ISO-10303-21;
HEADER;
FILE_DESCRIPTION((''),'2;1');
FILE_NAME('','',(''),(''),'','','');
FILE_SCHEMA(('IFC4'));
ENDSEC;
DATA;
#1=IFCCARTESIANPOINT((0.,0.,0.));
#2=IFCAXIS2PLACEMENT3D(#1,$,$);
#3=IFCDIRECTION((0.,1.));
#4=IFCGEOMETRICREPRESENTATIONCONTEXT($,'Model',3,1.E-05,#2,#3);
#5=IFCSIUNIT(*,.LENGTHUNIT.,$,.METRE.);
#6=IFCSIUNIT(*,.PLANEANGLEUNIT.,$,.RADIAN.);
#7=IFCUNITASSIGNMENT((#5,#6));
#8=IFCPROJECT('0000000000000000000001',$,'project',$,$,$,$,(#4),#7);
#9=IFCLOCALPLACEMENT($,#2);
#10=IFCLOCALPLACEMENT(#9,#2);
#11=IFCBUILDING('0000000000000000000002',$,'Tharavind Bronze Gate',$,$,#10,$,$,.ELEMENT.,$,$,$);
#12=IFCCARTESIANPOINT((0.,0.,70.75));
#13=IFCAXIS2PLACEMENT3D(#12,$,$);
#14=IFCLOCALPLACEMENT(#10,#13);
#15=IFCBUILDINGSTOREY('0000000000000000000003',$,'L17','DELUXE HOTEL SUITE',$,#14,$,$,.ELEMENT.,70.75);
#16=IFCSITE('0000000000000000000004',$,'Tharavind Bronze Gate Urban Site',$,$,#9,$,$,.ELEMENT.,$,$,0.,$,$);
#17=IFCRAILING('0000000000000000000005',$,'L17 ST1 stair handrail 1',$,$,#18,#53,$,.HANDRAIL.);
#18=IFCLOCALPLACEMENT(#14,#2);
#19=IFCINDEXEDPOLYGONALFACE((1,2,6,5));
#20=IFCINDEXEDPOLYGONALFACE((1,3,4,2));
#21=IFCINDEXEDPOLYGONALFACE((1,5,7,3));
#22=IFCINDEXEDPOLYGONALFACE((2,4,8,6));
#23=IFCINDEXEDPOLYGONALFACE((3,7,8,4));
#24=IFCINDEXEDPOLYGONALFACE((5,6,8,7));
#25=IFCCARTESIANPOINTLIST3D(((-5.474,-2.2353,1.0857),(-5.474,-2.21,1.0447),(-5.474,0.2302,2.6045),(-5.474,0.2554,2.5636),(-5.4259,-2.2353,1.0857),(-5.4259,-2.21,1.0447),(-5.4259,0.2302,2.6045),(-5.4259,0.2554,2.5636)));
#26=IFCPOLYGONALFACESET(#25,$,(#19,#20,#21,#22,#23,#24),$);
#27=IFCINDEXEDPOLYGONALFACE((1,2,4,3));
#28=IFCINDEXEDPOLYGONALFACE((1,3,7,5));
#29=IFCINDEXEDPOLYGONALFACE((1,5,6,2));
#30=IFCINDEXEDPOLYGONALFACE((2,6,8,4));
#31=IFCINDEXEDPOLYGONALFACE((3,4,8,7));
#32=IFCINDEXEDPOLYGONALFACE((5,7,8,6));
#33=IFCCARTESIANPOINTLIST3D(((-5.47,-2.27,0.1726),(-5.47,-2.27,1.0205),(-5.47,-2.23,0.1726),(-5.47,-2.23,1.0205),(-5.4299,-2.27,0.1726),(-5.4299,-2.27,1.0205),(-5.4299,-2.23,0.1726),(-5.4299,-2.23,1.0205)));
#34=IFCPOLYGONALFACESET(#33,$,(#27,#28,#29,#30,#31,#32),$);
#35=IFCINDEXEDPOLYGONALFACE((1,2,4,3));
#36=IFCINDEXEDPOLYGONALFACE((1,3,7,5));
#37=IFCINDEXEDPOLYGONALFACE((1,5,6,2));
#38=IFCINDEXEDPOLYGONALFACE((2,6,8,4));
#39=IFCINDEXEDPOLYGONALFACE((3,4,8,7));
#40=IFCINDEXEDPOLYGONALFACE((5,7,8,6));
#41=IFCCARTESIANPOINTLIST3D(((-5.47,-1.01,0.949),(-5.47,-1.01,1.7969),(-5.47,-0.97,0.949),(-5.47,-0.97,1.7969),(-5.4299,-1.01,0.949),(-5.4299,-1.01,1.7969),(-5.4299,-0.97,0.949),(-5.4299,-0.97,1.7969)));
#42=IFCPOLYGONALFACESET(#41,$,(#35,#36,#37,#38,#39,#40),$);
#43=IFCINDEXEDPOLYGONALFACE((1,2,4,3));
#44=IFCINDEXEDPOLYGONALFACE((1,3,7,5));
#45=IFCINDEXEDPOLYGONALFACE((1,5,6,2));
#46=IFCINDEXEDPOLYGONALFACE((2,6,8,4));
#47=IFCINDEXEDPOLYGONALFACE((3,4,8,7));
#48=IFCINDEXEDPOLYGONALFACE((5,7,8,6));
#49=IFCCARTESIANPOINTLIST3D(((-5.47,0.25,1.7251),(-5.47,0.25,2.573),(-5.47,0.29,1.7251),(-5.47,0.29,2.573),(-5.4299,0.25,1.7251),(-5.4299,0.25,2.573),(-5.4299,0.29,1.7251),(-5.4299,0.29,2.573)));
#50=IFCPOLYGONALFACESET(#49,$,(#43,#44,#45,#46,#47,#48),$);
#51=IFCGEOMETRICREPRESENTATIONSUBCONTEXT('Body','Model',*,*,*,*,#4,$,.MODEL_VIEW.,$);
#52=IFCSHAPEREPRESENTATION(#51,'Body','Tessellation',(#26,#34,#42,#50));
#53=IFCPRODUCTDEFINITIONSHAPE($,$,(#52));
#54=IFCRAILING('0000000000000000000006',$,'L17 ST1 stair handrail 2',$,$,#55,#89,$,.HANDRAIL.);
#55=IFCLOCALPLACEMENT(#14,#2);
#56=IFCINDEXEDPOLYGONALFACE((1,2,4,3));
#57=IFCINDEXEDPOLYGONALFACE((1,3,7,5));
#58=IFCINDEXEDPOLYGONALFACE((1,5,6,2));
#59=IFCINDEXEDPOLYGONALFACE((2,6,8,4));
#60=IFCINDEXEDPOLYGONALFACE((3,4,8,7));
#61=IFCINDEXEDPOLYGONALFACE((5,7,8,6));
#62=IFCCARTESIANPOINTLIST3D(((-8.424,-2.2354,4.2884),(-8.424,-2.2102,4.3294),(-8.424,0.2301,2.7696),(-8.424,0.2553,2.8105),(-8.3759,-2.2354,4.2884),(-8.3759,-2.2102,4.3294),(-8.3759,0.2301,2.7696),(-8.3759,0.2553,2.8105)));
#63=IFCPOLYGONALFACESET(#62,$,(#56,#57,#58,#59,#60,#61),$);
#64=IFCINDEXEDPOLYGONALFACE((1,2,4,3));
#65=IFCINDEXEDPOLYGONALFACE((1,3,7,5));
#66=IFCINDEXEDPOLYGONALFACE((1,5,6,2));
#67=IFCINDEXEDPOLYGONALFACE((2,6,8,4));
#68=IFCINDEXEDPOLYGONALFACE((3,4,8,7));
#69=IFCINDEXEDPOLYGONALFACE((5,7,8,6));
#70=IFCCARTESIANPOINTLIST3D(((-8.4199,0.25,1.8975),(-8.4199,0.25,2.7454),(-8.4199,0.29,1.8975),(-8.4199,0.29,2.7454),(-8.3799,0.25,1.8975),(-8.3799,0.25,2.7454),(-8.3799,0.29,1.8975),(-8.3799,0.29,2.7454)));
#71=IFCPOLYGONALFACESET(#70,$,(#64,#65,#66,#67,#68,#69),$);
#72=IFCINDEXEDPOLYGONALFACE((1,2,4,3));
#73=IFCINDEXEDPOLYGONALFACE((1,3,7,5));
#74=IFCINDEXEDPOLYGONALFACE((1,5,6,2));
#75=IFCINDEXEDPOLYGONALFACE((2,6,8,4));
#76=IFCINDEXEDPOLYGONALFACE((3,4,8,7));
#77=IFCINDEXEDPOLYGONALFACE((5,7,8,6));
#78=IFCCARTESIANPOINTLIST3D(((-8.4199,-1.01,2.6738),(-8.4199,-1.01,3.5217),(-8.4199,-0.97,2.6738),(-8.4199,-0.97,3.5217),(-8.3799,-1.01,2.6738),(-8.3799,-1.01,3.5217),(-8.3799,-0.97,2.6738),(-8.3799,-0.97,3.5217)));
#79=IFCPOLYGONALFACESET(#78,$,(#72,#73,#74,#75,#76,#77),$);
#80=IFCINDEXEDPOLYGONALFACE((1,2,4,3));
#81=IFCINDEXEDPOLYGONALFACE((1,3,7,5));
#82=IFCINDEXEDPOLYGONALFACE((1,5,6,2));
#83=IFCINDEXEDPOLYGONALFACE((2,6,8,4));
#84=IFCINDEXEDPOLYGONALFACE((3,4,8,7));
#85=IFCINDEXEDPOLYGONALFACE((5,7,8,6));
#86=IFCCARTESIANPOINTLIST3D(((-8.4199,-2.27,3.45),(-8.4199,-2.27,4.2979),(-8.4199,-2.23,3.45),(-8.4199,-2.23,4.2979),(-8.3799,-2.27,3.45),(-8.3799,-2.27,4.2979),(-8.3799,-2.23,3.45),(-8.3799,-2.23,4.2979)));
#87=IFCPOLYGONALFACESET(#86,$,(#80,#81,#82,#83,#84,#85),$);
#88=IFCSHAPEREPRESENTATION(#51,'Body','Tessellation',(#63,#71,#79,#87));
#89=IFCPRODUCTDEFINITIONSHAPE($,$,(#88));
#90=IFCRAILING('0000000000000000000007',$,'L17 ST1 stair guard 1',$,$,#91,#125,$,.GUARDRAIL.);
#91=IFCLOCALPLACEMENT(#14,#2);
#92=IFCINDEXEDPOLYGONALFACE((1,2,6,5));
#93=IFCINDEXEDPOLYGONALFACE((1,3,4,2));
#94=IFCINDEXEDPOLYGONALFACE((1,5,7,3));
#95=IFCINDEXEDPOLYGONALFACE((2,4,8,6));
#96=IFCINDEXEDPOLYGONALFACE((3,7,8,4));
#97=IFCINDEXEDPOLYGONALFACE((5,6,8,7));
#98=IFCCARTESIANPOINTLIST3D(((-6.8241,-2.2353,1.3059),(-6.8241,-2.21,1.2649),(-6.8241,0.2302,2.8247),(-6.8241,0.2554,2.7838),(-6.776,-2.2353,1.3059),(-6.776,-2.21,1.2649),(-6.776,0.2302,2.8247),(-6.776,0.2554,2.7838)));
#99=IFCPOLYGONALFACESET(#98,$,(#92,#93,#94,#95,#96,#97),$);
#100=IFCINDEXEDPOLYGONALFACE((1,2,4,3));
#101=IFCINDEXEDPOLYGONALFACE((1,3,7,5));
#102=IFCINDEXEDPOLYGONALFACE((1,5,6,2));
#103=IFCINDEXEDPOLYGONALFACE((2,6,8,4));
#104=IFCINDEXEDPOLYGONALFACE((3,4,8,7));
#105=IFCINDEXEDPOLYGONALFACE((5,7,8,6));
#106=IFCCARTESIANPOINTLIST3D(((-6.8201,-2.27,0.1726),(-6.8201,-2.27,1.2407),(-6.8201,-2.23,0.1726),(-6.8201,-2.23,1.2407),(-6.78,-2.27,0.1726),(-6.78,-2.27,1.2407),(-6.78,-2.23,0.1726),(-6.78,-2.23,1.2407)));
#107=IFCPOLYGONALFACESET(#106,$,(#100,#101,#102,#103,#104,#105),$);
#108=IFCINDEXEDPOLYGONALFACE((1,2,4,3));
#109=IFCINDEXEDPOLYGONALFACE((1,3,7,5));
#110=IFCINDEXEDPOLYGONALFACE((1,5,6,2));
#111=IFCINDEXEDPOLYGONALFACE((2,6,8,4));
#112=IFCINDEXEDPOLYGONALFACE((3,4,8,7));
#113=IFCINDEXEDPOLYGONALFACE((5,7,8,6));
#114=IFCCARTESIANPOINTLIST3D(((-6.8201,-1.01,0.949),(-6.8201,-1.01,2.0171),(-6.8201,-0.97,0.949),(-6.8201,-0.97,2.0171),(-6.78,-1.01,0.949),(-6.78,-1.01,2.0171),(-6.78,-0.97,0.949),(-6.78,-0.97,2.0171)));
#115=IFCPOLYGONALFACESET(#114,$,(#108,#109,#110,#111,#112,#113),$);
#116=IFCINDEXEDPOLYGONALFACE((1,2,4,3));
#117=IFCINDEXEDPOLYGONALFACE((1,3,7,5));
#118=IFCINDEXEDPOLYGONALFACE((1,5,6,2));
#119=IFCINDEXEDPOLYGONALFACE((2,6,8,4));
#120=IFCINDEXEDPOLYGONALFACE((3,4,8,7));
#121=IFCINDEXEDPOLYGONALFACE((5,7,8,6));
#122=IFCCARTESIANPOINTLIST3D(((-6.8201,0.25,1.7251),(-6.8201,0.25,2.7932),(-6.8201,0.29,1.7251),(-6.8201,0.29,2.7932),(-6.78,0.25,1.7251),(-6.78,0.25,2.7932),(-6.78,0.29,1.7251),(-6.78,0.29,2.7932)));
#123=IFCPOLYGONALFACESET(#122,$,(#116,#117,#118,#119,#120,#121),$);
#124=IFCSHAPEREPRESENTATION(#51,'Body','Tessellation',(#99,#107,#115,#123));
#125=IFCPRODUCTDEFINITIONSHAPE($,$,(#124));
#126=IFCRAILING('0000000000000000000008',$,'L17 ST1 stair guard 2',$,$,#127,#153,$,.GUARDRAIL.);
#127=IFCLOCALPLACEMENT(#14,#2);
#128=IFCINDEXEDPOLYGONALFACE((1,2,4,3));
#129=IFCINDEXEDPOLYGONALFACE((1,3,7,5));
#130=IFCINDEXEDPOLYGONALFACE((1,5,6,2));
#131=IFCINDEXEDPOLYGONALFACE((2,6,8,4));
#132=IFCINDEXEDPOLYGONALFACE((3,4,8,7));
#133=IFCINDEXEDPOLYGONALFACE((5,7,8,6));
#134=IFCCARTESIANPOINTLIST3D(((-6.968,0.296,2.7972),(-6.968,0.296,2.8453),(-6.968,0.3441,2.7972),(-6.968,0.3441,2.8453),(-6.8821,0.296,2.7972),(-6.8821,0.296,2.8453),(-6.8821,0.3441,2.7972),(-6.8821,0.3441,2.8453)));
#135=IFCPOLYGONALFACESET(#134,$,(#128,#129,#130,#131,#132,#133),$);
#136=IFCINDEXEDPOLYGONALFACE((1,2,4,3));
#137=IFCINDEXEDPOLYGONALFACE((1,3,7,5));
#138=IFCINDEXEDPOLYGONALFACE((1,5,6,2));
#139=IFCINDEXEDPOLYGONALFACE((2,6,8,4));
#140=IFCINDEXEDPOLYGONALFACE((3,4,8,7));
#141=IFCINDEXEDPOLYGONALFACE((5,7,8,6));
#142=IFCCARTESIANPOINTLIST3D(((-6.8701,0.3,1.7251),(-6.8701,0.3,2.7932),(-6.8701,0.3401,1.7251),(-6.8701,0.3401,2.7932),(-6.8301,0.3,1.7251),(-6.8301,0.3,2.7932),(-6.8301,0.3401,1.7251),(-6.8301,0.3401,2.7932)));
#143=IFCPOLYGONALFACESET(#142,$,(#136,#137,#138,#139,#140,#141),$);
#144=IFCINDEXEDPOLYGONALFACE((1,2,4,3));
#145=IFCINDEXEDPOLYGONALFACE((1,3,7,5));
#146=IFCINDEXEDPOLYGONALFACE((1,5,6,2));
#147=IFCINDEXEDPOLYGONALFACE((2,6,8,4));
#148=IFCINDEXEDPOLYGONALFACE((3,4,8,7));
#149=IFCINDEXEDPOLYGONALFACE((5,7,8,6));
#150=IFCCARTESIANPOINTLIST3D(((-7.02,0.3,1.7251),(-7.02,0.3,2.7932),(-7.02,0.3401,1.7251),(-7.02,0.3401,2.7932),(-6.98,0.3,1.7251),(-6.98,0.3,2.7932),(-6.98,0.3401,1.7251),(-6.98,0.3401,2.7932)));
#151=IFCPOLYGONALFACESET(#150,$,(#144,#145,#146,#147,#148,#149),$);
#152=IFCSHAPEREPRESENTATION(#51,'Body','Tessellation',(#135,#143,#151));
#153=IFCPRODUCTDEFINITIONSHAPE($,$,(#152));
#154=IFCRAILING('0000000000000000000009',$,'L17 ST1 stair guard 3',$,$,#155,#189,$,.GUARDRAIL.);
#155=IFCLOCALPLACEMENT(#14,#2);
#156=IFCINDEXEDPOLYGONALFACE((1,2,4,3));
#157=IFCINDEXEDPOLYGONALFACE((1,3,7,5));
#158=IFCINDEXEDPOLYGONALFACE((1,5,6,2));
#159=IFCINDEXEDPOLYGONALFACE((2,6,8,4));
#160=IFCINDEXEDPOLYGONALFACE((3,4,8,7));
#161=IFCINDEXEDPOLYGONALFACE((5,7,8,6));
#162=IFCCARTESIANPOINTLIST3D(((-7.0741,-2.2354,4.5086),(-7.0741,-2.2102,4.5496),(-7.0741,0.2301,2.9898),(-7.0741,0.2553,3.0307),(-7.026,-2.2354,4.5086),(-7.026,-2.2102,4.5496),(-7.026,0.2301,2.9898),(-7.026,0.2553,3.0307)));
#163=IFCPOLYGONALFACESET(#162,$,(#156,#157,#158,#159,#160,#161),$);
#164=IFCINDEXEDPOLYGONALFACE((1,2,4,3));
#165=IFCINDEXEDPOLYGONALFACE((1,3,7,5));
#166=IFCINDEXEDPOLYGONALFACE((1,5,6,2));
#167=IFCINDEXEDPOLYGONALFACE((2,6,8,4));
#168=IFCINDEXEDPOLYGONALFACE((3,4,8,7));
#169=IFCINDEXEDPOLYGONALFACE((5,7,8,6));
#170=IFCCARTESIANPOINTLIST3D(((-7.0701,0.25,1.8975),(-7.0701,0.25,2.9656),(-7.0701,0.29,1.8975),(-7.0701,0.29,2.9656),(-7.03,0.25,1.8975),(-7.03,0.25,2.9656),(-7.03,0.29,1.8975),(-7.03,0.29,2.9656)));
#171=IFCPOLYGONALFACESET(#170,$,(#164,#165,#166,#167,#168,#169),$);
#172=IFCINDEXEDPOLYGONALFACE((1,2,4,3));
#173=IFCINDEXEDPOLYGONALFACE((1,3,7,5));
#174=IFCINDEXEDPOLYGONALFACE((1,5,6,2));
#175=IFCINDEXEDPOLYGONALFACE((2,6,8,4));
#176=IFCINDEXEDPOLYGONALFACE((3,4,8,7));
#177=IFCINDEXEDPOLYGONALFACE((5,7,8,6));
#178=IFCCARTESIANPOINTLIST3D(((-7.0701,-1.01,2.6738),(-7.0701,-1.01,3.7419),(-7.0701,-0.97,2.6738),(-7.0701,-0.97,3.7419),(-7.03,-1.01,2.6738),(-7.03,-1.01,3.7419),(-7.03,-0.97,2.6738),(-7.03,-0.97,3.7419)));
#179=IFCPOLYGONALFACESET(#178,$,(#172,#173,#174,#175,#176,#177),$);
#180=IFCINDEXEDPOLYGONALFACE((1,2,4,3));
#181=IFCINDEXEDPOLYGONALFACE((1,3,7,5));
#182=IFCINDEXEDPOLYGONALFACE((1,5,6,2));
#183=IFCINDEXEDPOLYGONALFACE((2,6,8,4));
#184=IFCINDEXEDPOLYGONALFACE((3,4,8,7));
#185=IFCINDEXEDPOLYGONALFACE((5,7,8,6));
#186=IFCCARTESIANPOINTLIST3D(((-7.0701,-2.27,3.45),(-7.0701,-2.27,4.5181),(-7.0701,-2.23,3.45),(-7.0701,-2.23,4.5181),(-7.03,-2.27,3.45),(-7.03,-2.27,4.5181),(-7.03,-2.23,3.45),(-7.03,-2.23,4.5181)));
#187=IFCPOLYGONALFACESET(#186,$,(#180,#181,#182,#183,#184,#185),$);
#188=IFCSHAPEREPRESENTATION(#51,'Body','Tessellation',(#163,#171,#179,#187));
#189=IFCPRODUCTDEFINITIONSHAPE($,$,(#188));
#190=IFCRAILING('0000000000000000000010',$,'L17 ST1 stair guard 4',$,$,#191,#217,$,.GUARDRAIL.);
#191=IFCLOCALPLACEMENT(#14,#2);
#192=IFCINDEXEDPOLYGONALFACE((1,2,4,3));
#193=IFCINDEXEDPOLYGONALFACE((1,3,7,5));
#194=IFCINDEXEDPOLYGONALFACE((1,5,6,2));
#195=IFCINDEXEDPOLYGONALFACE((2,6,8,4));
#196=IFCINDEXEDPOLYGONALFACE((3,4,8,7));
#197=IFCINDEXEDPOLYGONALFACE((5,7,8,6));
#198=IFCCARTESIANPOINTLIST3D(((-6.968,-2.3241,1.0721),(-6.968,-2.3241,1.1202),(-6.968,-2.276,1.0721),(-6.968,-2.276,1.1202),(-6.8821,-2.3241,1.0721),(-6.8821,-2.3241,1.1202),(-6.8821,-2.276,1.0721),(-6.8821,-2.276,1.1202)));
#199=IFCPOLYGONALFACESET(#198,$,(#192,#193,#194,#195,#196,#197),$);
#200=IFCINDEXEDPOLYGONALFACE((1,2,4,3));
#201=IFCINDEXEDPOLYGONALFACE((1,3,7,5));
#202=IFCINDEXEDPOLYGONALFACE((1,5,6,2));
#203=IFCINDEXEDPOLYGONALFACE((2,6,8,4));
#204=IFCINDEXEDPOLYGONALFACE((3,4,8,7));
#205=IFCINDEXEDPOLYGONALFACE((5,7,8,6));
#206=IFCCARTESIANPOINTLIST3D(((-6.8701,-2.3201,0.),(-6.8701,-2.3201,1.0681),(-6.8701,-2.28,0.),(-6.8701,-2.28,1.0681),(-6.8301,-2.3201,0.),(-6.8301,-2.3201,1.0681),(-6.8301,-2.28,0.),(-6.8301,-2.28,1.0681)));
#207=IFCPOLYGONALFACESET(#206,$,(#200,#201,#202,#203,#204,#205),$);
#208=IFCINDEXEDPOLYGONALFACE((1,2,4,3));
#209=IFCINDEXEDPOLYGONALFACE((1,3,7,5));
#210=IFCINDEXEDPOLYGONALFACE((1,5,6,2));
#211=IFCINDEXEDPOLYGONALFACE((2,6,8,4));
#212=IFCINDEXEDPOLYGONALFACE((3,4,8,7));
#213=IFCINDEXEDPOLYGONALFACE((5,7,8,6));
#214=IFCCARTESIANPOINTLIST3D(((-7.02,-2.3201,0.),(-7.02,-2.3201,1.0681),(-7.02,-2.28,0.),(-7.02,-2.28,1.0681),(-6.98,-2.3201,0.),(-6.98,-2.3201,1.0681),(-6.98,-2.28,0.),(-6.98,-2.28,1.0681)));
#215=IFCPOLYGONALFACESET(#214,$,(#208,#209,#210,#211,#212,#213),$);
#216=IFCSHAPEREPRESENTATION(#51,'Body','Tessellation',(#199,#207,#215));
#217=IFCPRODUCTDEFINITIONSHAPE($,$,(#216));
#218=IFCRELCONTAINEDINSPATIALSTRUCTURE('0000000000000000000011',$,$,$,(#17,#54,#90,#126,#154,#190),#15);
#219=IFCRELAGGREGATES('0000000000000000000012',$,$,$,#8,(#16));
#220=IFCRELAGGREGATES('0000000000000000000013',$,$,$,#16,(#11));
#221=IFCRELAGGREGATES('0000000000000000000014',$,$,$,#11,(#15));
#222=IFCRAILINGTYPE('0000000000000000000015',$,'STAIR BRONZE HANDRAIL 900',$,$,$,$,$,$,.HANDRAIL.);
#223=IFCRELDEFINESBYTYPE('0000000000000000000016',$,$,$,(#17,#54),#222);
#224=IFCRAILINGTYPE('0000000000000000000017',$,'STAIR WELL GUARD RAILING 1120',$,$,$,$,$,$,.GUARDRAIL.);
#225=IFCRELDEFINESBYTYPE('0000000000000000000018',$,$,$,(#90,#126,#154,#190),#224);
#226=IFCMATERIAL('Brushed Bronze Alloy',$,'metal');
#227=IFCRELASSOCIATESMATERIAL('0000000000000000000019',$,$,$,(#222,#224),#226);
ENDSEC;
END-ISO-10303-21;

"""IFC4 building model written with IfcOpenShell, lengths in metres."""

from ifc_helpers import new_model, si_unit, direction, frame, origin, origin_2d, place, context, subcontext, project, spatial, rectangle, extrude, material, type_object, element, save


model = new_model("IFC4")

# Units and contexts
model_context = context("Model", 3, precision=1e-05, world=origin(), true_north=direction((0.0, 1.0)))
body_context = subcontext(model_context, "Body", "Model", "MODEL_VIEW")
ifc_project = project(units=[si_unit("LENGTHUNIT", "METRE"), si_unit("PLANEANGLEUNIT", "RADIAN")], contexts=[model_context])

# Site, building, storey
site_placement = place(None, origin())
site = spatial("IfcSite", under=ifc_project, at=site_placement, Name="Tharavind Bronze Gate Urban Site", CompositionType="ELEMENT", RefElevation=0.0)
building_placement = place(site_placement, origin())
building = spatial("IfcBuilding", under=site, at=building_placement, Name="Tharavind Bronze Gate", CompositionType="ELEMENT")
storey_placement = place(building_placement, frame((0.0, 0.0, 70.75)))
storey = spatial("IfcBuildingStorey", under=building, at=storey_placement, Name="L17", Description="DELUXE HOTEL SUITE", CompositionType="ELEMENT", Elevation=70.75)

# Railings
ifc_material_1 = material(Name="Brushed Bronze Alloy", Category="metal")
railing_type_1 = type_object("IfcRailingType", Name="STAIR BRONZE HANDRAIL 900", PredefinedType="HANDRAIL", material=ifc_material_1)
railing_1_placement = place(storey_placement, frame((-5.45, -2.25, 0.1726)))
element("IfcRailing", 1, at=railing_1_placement, inside=storey, type_object=railing_type_1, Name="L17 ST1 stair handrail 1", PredefinedType="HANDRAIL", context=body_context, shape_type="SweptSolid", body=[
    extrude(rectangle(XDim=0.0481, YDim=0.0481, at=origin_2d()), frame((0.0, 0.0273, 0.8926), z_axis=(0.0, 0.8514, 0.524516), x_axis=(-1.0, 0.0, 0.0)), (0.0, 0.0, 1.0), 2.8958),
    extrude(rectangle(XDim=0.04, YDim=0.04, at=origin_2d()), origin(), (0.0, 0.0, 1.0), 0.8479),
    extrude(rectangle(XDim=0.04, YDim=0.04, at=origin_2d()), frame((0.0, 1.26, 0.7764)), (0.0, 0.0, 1.0), 0.8479),
    extrude(rectangle(XDim=0.04, YDim=0.04, at=origin_2d()), frame((0.0, 2.52, 1.5525)), (0.0, 0.0, 1.0), 0.8479),
])
railing_2_placement = place(storey_placement, frame((-8.3999, 0.27, 1.8975)))
element("IfcRailing", 2, at=railing_2_placement, inside=storey, type_object=railing_type_1, Name="L17 ST1 stair handrail 2", PredefinedType="HANDRAIL", context=body_context, shape_type="SweptSolid", body=[
    extrude(rectangle(XDim=0.0481, YDim=0.0481, at=origin_2d()), frame((0.0, -0.0273, 0.8926), z_axis=(0.0, -0.8514, 0.524516), x_axis=(1.0, 0.0, 0.0)), (0.0, 0.0, 1.0), 2.8958),
    extrude(rectangle(XDim=0.04, YDim=0.04, at=origin_2d()), origin(), (0.0, 0.0, 1.0), 0.8479),
    extrude(rectangle(XDim=0.04, YDim=0.04, at=origin_2d()), frame((0.0, -1.26, 0.7764)), (0.0, 0.0, 1.0), 0.8479),
    extrude(rectangle(XDim=0.04, YDim=0.04, at=origin_2d()), frame((0.0, -2.52, 1.5525)), (0.0, 0.0, 1.0), 0.8479),
])
railing_type_2 = type_object("IfcRailingType", Name="STAIR WELL GUARD RAILING 1120", PredefinedType="GUARDRAIL", material=ifc_material_1)
railing_3_placement = place(storey_placement, frame((-6.8, -2.25, 0.1726)))
element("IfcRailing", 3, at=railing_3_placement, inside=storey, type_object=railing_type_2, Name="L17 ST1 stair guard 1", PredefinedType="GUARDRAIL", context=body_context, shape_type="SweptSolid", body=[
    extrude(rectangle(XDim=0.0481, YDim=0.0481, at=origin_2d()), frame((0.0, 0.0273, 1.1128), z_axis=(0.0, 0.8514, 0.524516), x_axis=(-1.0, 0.0, 0.0)), (0.0, 0.0, 1.0), 2.8958),
    extrude(rectangle(XDim=0.04, YDim=0.04, at=origin_2d()), origin(), (0.0, 0.0, 1.0), 1.0681),
    extrude(rectangle(XDim=0.04, YDim=0.04, at=origin_2d()), frame((0.0, 1.26, 0.7764)), (0.0, 0.0, 1.0), 1.0681),
    extrude(rectangle(XDim=0.04, YDim=0.04, at=origin_2d()), frame((0.0, 2.52, 1.5525)), (0.0, 0.0, 1.0), 1.0681),
])
railing_4_placement = place(storey_placement, frame((-6.8501, 0.3201, 1.7251)))
element("IfcRailing", 4, at=railing_4_placement, inside=storey, type_object=railing_type_2, Name="L17 ST1 stair guard 2", PredefinedType="GUARDRAIL", context=body_context, shape_type="SweptSolid", body=[
    extrude(rectangle(XDim=0.0481, YDim=0.0481, at=origin_2d()), frame((-0.032, 0.0, 1.0962), z_axis=(-1.0, 0.0, 0.0), x_axis=(0.0, -1.0, 0.0)), (0.0, 0.0, 1.0), 0.0859),
    extrude(rectangle(XDim=0.04, YDim=0.04, at=origin_2d()), origin(), (0.0, 0.0, 1.0), 1.0681),
    extrude(rectangle(XDim=0.04, YDim=0.04, at=origin_2d()), frame((-0.1499, 0.0, 0.0)), (0.0, 0.0, 1.0), 1.0681),
])
railing_5_placement = place(storey_placement, frame((-7.05, 0.27, 1.8975)))
element("IfcRailing", 5, at=railing_5_placement, inside=storey, type_object=railing_type_2, Name="L17 ST1 stair guard 3", PredefinedType="GUARDRAIL", context=body_context, shape_type="SweptSolid", body=[
    extrude(rectangle(XDim=0.0481, YDim=0.0481, at=origin_2d()), frame((0.0, -0.0273, 1.1128), z_axis=(0.0, -0.8514, 0.524516), x_axis=(1.0, 0.0, 0.0)), (0.0, 0.0, 1.0), 2.8958),
    extrude(rectangle(XDim=0.04, YDim=0.04, at=origin_2d()), origin(), (0.0, 0.0, 1.0), 1.0681),
    extrude(rectangle(XDim=0.04, YDim=0.04, at=origin_2d()), frame((0.0, -1.26, 0.7764)), (0.0, 0.0, 1.0), 1.0681),
    extrude(rectangle(XDim=0.04, YDim=0.04, at=origin_2d()), frame((0.0, -2.52, 1.5525)), (0.0, 0.0, 1.0), 1.0681),
])
railing_6_placement = place(storey_placement, frame((-6.8501, -2.3, 0.0)))
element("IfcRailing", 6, at=railing_6_placement, inside=storey, type_object=railing_type_2, Name="L17 ST1 stair guard 4", PredefinedType="GUARDRAIL", context=body_context, shape_type="SweptSolid", body=[
    extrude(rectangle(XDim=0.0481, YDim=0.0481, at=origin_2d()), frame((-0.032, 0.0, 1.0962), z_axis=(-1.0, 0.0, 0.0), x_axis=(0.0, -1.0, 0.0)), (0.0, 0.0, 1.0), 0.0859),
    extrude(rectangle(XDim=0.04, YDim=0.04, at=origin_2d()), origin(), (0.0, 0.0, 1.0), 1.0681),
    extrude(rectangle(XDim=0.04, YDim=0.04, at=origin_2d()), frame((-0.1499, 0.0, 0.0)), (0.0, 0.0, 1.0), 1.0681),
])

save(model, "model.ifc")
